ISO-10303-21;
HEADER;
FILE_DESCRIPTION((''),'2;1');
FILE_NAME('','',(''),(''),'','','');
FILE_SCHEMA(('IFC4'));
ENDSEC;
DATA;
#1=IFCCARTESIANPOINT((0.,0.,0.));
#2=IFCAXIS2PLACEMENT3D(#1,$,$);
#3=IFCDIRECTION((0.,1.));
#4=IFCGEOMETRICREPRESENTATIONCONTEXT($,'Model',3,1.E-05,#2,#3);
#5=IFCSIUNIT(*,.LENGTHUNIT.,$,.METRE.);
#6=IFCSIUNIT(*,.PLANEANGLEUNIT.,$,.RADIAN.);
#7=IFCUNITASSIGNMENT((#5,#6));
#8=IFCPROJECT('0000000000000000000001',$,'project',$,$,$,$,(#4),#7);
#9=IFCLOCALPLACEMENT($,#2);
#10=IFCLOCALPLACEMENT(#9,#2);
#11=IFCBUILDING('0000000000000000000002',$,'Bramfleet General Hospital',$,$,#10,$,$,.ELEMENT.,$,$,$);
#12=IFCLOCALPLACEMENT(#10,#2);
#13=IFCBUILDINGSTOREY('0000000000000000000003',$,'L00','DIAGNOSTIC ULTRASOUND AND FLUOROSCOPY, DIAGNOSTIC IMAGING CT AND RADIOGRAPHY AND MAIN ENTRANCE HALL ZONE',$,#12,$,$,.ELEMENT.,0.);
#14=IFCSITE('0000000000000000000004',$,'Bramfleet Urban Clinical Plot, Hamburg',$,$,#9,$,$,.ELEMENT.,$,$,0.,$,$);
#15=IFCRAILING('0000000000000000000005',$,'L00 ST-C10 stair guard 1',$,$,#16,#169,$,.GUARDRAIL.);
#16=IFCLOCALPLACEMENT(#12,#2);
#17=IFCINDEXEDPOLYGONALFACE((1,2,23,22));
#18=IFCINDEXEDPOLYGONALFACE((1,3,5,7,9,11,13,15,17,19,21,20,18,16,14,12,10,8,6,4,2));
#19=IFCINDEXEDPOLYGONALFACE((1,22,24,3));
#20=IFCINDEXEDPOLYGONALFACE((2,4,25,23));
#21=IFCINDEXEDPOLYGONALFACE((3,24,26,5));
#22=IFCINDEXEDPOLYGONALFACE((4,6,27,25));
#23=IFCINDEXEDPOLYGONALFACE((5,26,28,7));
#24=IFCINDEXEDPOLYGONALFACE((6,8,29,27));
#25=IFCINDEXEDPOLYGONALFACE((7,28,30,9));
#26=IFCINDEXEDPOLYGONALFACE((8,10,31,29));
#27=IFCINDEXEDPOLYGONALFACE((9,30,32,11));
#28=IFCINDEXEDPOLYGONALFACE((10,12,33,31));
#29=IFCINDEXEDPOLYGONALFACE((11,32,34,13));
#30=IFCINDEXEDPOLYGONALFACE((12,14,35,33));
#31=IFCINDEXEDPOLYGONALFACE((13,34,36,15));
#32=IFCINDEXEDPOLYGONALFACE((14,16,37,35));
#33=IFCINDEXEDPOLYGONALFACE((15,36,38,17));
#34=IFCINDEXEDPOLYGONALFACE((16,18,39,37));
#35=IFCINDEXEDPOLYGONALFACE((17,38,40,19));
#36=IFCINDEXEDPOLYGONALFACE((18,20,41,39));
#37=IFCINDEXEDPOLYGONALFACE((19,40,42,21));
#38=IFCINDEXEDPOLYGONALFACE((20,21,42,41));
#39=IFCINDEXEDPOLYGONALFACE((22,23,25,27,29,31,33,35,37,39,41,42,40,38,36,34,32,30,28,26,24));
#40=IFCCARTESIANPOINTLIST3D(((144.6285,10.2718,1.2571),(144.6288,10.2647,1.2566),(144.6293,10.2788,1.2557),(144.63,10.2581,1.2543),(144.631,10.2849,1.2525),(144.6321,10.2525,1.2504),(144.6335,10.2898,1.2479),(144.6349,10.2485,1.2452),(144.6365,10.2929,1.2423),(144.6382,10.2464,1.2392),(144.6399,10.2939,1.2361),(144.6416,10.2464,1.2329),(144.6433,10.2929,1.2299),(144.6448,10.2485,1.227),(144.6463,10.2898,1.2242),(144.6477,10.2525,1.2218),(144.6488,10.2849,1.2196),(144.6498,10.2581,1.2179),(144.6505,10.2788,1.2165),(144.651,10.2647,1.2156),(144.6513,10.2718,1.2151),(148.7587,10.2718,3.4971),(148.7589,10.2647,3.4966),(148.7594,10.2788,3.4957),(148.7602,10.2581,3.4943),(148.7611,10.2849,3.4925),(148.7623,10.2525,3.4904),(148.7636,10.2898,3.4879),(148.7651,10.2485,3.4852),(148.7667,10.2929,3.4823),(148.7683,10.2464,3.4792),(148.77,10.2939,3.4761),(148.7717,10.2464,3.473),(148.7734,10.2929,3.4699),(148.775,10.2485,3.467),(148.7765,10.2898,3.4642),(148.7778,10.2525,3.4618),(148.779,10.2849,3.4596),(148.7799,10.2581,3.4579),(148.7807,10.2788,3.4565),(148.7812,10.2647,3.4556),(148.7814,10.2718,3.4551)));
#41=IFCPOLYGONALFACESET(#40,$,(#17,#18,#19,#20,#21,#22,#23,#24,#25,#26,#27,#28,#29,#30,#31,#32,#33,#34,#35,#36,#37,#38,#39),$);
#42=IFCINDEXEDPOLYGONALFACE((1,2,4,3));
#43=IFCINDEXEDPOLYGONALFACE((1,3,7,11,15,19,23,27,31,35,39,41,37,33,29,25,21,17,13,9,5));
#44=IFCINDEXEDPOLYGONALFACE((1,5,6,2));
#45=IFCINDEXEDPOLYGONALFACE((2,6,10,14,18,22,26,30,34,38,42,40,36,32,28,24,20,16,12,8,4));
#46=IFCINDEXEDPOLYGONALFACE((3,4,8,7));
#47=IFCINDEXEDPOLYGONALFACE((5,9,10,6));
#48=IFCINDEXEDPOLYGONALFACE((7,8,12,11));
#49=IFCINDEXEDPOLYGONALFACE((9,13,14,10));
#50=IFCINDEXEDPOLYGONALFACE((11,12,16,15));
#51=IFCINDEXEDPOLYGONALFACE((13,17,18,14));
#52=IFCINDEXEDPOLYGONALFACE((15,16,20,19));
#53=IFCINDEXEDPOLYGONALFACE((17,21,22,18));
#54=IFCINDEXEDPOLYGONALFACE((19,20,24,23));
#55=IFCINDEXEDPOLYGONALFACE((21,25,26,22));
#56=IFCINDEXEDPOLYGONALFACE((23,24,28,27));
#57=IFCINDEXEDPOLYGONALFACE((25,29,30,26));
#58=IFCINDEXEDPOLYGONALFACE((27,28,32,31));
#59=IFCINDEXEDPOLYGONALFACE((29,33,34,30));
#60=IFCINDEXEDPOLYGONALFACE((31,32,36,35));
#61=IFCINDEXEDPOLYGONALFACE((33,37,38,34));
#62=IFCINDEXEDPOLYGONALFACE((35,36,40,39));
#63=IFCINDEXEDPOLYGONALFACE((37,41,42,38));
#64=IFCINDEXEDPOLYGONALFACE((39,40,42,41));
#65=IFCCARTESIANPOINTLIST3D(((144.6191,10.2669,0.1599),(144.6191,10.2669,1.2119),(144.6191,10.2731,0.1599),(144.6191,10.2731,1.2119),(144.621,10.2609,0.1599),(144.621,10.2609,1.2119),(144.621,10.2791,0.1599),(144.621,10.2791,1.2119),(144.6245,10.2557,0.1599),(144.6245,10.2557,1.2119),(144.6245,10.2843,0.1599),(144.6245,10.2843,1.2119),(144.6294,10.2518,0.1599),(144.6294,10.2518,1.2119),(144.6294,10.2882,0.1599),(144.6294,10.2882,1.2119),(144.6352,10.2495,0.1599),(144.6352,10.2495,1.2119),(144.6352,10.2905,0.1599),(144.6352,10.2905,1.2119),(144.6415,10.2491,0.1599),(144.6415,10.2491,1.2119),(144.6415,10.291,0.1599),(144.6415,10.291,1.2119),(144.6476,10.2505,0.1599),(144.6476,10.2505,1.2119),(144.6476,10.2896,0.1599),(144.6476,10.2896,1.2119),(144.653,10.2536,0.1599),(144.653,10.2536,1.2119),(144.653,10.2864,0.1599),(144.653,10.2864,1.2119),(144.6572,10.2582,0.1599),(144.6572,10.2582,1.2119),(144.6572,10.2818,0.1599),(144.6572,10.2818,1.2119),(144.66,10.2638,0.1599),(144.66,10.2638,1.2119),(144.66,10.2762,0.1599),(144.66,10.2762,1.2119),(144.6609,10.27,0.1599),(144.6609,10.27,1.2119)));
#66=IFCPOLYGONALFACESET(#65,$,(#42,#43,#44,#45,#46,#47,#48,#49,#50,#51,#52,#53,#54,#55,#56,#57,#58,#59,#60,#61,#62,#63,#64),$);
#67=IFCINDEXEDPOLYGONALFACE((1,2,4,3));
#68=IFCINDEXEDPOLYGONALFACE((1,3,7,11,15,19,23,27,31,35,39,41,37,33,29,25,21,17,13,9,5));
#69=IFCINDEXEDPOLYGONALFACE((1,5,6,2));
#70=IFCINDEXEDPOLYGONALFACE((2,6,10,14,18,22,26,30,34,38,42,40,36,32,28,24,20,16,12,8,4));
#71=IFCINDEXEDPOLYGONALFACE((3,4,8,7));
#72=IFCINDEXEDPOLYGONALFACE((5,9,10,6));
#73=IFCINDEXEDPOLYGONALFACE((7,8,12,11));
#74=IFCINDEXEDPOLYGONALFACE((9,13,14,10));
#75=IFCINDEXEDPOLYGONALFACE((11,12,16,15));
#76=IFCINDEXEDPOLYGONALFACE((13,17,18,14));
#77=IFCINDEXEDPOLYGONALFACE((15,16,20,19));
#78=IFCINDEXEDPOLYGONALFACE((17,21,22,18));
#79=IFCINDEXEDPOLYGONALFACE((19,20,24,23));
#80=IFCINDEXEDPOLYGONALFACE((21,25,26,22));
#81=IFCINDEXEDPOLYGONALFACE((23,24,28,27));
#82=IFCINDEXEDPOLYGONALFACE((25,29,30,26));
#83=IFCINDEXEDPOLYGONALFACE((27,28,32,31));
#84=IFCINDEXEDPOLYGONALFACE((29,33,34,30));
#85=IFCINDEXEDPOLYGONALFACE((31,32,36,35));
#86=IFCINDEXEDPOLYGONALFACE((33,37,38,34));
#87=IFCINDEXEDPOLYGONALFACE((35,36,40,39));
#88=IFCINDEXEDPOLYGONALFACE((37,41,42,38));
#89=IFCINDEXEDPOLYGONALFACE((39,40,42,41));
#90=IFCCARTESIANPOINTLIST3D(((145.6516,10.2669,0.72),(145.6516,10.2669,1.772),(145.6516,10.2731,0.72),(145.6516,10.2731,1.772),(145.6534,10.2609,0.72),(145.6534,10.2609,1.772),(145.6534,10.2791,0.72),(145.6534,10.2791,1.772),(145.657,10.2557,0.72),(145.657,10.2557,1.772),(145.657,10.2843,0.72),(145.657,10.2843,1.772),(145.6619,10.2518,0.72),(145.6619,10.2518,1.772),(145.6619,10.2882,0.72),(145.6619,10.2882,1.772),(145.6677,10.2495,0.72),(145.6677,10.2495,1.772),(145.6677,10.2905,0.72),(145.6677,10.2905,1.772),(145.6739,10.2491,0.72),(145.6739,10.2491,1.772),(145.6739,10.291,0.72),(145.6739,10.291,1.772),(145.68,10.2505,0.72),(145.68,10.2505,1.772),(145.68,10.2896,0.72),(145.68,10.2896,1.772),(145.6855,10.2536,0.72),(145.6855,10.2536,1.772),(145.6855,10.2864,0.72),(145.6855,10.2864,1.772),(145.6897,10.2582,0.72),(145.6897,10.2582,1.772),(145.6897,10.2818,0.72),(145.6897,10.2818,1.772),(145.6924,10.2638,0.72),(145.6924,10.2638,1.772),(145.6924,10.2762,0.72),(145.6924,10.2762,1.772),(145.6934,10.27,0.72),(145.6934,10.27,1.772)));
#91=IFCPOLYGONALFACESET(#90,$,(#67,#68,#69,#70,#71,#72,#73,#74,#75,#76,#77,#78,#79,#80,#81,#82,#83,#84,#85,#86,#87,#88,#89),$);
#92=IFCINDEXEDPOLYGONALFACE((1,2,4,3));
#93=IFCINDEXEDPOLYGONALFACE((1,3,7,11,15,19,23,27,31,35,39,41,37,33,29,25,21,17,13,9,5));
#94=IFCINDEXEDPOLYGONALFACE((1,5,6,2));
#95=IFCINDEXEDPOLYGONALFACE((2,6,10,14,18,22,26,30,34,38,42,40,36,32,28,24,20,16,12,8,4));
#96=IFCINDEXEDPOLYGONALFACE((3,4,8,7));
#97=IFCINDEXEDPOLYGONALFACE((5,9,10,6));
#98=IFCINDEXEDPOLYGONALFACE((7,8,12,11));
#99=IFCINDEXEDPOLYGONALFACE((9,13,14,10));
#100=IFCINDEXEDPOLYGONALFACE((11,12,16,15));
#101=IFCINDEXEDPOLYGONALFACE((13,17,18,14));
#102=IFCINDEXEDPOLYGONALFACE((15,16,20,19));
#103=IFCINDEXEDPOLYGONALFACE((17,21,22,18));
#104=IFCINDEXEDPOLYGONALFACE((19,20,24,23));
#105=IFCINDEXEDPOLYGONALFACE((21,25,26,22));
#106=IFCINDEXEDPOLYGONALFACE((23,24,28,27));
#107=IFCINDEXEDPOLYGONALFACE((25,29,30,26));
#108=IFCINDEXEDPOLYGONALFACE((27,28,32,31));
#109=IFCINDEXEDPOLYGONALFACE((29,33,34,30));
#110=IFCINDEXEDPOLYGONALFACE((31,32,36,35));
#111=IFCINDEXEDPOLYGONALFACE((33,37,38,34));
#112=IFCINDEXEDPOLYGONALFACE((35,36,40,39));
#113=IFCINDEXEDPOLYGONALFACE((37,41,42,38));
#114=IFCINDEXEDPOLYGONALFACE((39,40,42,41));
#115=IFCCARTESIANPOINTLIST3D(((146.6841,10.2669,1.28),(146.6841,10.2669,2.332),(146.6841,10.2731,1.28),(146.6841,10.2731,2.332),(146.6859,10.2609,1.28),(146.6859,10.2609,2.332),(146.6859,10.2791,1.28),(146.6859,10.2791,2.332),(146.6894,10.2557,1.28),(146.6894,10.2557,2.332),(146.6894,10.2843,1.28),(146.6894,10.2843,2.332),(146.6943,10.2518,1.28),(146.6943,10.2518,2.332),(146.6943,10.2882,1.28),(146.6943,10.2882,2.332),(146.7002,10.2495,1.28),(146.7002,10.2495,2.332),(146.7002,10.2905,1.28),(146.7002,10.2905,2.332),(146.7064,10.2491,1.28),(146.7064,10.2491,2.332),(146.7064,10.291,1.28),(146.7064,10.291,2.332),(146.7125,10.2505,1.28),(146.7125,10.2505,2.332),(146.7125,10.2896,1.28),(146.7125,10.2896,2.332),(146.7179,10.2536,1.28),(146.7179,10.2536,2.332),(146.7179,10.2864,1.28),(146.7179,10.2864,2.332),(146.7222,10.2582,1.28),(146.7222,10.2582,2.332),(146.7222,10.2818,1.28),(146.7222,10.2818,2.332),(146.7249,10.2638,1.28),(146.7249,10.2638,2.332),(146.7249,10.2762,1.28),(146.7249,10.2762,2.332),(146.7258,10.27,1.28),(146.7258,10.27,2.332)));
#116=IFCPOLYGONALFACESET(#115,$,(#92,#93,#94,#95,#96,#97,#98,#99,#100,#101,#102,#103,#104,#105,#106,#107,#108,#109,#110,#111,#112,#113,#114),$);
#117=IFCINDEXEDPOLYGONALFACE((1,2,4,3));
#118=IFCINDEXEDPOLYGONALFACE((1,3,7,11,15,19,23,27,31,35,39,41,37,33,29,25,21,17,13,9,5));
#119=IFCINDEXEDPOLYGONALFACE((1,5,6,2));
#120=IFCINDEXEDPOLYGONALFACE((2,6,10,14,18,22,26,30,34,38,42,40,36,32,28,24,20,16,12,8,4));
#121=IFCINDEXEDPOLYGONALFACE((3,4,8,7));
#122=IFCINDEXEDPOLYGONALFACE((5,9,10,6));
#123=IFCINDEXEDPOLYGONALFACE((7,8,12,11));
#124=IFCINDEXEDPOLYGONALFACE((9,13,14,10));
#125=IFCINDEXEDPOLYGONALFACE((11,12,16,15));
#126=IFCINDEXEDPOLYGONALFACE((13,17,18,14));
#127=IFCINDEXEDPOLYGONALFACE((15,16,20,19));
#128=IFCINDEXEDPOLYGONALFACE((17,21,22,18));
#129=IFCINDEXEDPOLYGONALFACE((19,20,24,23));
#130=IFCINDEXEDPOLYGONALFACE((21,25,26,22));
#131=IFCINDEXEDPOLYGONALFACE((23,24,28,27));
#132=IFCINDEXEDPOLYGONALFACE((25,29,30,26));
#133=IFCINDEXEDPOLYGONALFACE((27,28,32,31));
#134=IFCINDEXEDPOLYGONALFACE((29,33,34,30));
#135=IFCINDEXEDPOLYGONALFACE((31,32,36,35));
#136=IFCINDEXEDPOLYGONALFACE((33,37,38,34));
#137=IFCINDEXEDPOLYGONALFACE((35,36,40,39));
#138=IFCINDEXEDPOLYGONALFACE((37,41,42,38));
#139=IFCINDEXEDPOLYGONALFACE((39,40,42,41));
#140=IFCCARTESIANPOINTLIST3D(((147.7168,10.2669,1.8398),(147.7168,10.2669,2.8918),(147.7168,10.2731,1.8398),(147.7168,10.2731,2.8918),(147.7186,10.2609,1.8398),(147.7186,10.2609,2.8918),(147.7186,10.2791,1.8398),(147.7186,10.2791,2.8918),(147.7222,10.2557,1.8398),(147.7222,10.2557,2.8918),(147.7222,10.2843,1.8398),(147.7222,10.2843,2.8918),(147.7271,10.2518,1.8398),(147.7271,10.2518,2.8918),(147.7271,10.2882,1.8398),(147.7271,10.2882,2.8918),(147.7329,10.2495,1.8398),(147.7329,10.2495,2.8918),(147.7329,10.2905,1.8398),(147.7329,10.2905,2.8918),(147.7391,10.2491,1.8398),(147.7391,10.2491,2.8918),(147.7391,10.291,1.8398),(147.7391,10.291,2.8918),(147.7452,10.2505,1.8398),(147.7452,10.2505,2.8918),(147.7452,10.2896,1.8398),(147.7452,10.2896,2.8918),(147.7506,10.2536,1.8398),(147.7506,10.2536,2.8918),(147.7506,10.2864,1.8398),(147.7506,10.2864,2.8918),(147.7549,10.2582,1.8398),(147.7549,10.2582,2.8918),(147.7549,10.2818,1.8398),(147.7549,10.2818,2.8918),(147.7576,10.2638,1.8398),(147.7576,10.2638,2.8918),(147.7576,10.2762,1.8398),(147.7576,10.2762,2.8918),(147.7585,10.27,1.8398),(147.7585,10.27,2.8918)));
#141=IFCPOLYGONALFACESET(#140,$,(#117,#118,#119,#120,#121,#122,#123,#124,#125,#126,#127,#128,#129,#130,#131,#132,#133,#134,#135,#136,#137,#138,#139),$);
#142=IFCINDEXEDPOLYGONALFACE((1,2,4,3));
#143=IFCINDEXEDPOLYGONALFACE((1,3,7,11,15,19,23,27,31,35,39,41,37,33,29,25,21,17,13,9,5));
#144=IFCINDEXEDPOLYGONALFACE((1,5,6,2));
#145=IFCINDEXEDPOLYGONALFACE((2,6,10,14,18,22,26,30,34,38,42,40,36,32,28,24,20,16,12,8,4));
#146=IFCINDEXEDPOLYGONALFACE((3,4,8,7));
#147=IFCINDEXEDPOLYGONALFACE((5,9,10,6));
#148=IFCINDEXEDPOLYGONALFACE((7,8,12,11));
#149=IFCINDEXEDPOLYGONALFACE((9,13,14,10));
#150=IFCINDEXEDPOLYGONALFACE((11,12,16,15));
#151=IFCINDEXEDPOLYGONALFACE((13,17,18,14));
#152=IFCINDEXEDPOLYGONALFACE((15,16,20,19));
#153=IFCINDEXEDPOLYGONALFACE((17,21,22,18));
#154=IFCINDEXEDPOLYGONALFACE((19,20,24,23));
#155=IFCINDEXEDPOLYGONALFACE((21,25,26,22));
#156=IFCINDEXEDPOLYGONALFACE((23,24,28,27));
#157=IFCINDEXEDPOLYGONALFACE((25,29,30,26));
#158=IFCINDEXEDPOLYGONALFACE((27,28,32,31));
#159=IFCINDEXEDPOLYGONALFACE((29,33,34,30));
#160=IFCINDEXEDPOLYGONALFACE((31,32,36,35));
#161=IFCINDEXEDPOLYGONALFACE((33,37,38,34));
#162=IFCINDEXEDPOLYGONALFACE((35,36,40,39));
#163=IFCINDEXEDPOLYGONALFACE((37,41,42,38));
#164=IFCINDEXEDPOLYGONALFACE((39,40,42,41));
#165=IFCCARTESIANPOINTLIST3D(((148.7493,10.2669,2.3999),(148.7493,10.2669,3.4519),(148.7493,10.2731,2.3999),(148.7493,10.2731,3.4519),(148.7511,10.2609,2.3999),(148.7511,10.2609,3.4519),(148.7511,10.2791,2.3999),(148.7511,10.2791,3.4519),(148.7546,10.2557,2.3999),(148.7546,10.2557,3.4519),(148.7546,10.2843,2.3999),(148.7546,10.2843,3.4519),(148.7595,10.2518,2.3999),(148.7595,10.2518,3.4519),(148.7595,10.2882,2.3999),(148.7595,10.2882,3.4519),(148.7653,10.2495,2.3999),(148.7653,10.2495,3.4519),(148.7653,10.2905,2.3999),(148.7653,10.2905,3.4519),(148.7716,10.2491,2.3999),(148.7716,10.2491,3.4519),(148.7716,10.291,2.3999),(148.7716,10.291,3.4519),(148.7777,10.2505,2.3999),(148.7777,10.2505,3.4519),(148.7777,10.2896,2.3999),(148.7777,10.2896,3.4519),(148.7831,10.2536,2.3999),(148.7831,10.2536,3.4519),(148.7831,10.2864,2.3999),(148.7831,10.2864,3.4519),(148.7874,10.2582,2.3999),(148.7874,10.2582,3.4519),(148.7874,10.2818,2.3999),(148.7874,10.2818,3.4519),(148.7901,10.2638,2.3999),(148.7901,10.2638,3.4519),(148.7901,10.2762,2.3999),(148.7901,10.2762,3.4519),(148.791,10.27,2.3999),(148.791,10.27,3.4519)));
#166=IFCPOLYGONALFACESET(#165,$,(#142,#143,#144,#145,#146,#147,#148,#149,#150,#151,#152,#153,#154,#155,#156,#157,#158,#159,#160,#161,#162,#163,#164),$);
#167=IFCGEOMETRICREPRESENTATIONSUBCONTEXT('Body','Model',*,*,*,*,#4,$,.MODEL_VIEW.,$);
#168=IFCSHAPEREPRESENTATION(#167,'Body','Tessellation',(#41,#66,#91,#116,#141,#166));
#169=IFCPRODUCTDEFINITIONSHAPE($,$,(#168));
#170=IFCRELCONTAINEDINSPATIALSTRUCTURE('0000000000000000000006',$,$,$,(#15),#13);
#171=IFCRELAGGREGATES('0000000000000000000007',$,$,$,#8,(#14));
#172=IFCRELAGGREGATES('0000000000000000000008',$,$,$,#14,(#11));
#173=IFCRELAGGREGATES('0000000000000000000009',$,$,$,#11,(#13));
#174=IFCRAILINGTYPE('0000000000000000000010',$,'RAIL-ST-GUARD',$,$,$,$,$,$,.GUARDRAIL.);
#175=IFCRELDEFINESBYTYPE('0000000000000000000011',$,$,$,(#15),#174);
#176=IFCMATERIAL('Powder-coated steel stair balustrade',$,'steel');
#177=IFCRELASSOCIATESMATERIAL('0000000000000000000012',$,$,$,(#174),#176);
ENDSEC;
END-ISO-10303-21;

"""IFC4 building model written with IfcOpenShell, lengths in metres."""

from ifc_helpers import new_model, si_unit, direction, frame, origin, origin_2d, place, context, subcontext, project, spatial, circle, extrude, material, type_object, element, save


model = new_model("IFC4")

# Units and contexts
model_context = context("Model", 3, precision=1e-05, world=origin(), true_north=direction((0.0, 1.0)))
body_context = subcontext(model_context, "Body", "Model", "MODEL_VIEW")
ifc_project = project(units=[si_unit("LENGTHUNIT", "METRE"), si_unit("PLANEANGLEUNIT", "RADIAN")], contexts=[model_context])

# Site, building, storey
site_placement = place(None, origin())
site = spatial("IfcSite", under=ifc_project, at=site_placement, Name="Bramfleet Urban Clinical Plot, Hamburg", CompositionType="ELEMENT", RefElevation=0.0)
building_placement = place(site_placement, origin())
building = spatial("IfcBuilding", under=site, at=building_placement, Name="Bramfleet General Hospital", CompositionType="ELEMENT")
storey_placement = place(building_placement, origin())
storey = spatial("IfcBuildingStorey", under=building, at=storey_placement, Name="L00", Description="DIAGNOSTIC ULTRASOUND AND FLUOROSCOPY, DIAGNOSTIC IMAGING CT AND RADIOGRAPHY AND MAIN ENTRANCE HALL ZONE", CompositionType="ELEMENT", Elevation=0.0)

# Railing
ifc_material_1 = material(Name="Powder-coated steel stair balustrade", Category="steel")
railing_type_1 = type_object("IfcRailingType", Name="RAIL-ST-GUARD", PredefinedType="GUARDRAIL", material=ifc_material_1)
railing_1_placement = place(storey_placement, frame((144.6399, 10.27, 0.1599)))
element("IfcRailing", 1, at=railing_1_placement, inside=storey, type_object=railing_type_1, Name="L00 ST-C10 stair guard 1", PredefinedType="GUARDRAIL", context=body_context, shape_type="SweptSolid", body=[
    extrude(circle(Radius=0.0239, at=origin_2d()), frame((0.0, 0.0, 1.0762), z_axis=(0.879039, 0.0, 0.47675), x_axis=(0.0, 1.0, 0.0)), (0.0, 0.0, 1.0), 4.6985),
    extrude(circle(Radius=0.021, at=origin_2d()), origin(), (0.0, 0.0, 1.0), 1.052),
    extrude(circle(Radius=0.021, at=origin_2d()), frame((1.0325, 0.0, 0.5601)), (0.0, 0.0, 1.0), 1.052),
    extrude(circle(Radius=0.021, at=origin_2d()), frame((2.0649, 0.0, 1.1201)), (0.0, 0.0, 1.0), 1.052),
    extrude(circle(Radius=0.021, at=origin_2d()), frame((3.0977, 0.0, 1.6799)), (0.0, 0.0, 1.0), 1.052),
    extrude(circle(Radius=0.021, at=origin_2d()), frame((4.1301, 0.0, 2.24)), (0.0, 0.0, 1.0), 1.052),
])

save(model, "model.ifc")
